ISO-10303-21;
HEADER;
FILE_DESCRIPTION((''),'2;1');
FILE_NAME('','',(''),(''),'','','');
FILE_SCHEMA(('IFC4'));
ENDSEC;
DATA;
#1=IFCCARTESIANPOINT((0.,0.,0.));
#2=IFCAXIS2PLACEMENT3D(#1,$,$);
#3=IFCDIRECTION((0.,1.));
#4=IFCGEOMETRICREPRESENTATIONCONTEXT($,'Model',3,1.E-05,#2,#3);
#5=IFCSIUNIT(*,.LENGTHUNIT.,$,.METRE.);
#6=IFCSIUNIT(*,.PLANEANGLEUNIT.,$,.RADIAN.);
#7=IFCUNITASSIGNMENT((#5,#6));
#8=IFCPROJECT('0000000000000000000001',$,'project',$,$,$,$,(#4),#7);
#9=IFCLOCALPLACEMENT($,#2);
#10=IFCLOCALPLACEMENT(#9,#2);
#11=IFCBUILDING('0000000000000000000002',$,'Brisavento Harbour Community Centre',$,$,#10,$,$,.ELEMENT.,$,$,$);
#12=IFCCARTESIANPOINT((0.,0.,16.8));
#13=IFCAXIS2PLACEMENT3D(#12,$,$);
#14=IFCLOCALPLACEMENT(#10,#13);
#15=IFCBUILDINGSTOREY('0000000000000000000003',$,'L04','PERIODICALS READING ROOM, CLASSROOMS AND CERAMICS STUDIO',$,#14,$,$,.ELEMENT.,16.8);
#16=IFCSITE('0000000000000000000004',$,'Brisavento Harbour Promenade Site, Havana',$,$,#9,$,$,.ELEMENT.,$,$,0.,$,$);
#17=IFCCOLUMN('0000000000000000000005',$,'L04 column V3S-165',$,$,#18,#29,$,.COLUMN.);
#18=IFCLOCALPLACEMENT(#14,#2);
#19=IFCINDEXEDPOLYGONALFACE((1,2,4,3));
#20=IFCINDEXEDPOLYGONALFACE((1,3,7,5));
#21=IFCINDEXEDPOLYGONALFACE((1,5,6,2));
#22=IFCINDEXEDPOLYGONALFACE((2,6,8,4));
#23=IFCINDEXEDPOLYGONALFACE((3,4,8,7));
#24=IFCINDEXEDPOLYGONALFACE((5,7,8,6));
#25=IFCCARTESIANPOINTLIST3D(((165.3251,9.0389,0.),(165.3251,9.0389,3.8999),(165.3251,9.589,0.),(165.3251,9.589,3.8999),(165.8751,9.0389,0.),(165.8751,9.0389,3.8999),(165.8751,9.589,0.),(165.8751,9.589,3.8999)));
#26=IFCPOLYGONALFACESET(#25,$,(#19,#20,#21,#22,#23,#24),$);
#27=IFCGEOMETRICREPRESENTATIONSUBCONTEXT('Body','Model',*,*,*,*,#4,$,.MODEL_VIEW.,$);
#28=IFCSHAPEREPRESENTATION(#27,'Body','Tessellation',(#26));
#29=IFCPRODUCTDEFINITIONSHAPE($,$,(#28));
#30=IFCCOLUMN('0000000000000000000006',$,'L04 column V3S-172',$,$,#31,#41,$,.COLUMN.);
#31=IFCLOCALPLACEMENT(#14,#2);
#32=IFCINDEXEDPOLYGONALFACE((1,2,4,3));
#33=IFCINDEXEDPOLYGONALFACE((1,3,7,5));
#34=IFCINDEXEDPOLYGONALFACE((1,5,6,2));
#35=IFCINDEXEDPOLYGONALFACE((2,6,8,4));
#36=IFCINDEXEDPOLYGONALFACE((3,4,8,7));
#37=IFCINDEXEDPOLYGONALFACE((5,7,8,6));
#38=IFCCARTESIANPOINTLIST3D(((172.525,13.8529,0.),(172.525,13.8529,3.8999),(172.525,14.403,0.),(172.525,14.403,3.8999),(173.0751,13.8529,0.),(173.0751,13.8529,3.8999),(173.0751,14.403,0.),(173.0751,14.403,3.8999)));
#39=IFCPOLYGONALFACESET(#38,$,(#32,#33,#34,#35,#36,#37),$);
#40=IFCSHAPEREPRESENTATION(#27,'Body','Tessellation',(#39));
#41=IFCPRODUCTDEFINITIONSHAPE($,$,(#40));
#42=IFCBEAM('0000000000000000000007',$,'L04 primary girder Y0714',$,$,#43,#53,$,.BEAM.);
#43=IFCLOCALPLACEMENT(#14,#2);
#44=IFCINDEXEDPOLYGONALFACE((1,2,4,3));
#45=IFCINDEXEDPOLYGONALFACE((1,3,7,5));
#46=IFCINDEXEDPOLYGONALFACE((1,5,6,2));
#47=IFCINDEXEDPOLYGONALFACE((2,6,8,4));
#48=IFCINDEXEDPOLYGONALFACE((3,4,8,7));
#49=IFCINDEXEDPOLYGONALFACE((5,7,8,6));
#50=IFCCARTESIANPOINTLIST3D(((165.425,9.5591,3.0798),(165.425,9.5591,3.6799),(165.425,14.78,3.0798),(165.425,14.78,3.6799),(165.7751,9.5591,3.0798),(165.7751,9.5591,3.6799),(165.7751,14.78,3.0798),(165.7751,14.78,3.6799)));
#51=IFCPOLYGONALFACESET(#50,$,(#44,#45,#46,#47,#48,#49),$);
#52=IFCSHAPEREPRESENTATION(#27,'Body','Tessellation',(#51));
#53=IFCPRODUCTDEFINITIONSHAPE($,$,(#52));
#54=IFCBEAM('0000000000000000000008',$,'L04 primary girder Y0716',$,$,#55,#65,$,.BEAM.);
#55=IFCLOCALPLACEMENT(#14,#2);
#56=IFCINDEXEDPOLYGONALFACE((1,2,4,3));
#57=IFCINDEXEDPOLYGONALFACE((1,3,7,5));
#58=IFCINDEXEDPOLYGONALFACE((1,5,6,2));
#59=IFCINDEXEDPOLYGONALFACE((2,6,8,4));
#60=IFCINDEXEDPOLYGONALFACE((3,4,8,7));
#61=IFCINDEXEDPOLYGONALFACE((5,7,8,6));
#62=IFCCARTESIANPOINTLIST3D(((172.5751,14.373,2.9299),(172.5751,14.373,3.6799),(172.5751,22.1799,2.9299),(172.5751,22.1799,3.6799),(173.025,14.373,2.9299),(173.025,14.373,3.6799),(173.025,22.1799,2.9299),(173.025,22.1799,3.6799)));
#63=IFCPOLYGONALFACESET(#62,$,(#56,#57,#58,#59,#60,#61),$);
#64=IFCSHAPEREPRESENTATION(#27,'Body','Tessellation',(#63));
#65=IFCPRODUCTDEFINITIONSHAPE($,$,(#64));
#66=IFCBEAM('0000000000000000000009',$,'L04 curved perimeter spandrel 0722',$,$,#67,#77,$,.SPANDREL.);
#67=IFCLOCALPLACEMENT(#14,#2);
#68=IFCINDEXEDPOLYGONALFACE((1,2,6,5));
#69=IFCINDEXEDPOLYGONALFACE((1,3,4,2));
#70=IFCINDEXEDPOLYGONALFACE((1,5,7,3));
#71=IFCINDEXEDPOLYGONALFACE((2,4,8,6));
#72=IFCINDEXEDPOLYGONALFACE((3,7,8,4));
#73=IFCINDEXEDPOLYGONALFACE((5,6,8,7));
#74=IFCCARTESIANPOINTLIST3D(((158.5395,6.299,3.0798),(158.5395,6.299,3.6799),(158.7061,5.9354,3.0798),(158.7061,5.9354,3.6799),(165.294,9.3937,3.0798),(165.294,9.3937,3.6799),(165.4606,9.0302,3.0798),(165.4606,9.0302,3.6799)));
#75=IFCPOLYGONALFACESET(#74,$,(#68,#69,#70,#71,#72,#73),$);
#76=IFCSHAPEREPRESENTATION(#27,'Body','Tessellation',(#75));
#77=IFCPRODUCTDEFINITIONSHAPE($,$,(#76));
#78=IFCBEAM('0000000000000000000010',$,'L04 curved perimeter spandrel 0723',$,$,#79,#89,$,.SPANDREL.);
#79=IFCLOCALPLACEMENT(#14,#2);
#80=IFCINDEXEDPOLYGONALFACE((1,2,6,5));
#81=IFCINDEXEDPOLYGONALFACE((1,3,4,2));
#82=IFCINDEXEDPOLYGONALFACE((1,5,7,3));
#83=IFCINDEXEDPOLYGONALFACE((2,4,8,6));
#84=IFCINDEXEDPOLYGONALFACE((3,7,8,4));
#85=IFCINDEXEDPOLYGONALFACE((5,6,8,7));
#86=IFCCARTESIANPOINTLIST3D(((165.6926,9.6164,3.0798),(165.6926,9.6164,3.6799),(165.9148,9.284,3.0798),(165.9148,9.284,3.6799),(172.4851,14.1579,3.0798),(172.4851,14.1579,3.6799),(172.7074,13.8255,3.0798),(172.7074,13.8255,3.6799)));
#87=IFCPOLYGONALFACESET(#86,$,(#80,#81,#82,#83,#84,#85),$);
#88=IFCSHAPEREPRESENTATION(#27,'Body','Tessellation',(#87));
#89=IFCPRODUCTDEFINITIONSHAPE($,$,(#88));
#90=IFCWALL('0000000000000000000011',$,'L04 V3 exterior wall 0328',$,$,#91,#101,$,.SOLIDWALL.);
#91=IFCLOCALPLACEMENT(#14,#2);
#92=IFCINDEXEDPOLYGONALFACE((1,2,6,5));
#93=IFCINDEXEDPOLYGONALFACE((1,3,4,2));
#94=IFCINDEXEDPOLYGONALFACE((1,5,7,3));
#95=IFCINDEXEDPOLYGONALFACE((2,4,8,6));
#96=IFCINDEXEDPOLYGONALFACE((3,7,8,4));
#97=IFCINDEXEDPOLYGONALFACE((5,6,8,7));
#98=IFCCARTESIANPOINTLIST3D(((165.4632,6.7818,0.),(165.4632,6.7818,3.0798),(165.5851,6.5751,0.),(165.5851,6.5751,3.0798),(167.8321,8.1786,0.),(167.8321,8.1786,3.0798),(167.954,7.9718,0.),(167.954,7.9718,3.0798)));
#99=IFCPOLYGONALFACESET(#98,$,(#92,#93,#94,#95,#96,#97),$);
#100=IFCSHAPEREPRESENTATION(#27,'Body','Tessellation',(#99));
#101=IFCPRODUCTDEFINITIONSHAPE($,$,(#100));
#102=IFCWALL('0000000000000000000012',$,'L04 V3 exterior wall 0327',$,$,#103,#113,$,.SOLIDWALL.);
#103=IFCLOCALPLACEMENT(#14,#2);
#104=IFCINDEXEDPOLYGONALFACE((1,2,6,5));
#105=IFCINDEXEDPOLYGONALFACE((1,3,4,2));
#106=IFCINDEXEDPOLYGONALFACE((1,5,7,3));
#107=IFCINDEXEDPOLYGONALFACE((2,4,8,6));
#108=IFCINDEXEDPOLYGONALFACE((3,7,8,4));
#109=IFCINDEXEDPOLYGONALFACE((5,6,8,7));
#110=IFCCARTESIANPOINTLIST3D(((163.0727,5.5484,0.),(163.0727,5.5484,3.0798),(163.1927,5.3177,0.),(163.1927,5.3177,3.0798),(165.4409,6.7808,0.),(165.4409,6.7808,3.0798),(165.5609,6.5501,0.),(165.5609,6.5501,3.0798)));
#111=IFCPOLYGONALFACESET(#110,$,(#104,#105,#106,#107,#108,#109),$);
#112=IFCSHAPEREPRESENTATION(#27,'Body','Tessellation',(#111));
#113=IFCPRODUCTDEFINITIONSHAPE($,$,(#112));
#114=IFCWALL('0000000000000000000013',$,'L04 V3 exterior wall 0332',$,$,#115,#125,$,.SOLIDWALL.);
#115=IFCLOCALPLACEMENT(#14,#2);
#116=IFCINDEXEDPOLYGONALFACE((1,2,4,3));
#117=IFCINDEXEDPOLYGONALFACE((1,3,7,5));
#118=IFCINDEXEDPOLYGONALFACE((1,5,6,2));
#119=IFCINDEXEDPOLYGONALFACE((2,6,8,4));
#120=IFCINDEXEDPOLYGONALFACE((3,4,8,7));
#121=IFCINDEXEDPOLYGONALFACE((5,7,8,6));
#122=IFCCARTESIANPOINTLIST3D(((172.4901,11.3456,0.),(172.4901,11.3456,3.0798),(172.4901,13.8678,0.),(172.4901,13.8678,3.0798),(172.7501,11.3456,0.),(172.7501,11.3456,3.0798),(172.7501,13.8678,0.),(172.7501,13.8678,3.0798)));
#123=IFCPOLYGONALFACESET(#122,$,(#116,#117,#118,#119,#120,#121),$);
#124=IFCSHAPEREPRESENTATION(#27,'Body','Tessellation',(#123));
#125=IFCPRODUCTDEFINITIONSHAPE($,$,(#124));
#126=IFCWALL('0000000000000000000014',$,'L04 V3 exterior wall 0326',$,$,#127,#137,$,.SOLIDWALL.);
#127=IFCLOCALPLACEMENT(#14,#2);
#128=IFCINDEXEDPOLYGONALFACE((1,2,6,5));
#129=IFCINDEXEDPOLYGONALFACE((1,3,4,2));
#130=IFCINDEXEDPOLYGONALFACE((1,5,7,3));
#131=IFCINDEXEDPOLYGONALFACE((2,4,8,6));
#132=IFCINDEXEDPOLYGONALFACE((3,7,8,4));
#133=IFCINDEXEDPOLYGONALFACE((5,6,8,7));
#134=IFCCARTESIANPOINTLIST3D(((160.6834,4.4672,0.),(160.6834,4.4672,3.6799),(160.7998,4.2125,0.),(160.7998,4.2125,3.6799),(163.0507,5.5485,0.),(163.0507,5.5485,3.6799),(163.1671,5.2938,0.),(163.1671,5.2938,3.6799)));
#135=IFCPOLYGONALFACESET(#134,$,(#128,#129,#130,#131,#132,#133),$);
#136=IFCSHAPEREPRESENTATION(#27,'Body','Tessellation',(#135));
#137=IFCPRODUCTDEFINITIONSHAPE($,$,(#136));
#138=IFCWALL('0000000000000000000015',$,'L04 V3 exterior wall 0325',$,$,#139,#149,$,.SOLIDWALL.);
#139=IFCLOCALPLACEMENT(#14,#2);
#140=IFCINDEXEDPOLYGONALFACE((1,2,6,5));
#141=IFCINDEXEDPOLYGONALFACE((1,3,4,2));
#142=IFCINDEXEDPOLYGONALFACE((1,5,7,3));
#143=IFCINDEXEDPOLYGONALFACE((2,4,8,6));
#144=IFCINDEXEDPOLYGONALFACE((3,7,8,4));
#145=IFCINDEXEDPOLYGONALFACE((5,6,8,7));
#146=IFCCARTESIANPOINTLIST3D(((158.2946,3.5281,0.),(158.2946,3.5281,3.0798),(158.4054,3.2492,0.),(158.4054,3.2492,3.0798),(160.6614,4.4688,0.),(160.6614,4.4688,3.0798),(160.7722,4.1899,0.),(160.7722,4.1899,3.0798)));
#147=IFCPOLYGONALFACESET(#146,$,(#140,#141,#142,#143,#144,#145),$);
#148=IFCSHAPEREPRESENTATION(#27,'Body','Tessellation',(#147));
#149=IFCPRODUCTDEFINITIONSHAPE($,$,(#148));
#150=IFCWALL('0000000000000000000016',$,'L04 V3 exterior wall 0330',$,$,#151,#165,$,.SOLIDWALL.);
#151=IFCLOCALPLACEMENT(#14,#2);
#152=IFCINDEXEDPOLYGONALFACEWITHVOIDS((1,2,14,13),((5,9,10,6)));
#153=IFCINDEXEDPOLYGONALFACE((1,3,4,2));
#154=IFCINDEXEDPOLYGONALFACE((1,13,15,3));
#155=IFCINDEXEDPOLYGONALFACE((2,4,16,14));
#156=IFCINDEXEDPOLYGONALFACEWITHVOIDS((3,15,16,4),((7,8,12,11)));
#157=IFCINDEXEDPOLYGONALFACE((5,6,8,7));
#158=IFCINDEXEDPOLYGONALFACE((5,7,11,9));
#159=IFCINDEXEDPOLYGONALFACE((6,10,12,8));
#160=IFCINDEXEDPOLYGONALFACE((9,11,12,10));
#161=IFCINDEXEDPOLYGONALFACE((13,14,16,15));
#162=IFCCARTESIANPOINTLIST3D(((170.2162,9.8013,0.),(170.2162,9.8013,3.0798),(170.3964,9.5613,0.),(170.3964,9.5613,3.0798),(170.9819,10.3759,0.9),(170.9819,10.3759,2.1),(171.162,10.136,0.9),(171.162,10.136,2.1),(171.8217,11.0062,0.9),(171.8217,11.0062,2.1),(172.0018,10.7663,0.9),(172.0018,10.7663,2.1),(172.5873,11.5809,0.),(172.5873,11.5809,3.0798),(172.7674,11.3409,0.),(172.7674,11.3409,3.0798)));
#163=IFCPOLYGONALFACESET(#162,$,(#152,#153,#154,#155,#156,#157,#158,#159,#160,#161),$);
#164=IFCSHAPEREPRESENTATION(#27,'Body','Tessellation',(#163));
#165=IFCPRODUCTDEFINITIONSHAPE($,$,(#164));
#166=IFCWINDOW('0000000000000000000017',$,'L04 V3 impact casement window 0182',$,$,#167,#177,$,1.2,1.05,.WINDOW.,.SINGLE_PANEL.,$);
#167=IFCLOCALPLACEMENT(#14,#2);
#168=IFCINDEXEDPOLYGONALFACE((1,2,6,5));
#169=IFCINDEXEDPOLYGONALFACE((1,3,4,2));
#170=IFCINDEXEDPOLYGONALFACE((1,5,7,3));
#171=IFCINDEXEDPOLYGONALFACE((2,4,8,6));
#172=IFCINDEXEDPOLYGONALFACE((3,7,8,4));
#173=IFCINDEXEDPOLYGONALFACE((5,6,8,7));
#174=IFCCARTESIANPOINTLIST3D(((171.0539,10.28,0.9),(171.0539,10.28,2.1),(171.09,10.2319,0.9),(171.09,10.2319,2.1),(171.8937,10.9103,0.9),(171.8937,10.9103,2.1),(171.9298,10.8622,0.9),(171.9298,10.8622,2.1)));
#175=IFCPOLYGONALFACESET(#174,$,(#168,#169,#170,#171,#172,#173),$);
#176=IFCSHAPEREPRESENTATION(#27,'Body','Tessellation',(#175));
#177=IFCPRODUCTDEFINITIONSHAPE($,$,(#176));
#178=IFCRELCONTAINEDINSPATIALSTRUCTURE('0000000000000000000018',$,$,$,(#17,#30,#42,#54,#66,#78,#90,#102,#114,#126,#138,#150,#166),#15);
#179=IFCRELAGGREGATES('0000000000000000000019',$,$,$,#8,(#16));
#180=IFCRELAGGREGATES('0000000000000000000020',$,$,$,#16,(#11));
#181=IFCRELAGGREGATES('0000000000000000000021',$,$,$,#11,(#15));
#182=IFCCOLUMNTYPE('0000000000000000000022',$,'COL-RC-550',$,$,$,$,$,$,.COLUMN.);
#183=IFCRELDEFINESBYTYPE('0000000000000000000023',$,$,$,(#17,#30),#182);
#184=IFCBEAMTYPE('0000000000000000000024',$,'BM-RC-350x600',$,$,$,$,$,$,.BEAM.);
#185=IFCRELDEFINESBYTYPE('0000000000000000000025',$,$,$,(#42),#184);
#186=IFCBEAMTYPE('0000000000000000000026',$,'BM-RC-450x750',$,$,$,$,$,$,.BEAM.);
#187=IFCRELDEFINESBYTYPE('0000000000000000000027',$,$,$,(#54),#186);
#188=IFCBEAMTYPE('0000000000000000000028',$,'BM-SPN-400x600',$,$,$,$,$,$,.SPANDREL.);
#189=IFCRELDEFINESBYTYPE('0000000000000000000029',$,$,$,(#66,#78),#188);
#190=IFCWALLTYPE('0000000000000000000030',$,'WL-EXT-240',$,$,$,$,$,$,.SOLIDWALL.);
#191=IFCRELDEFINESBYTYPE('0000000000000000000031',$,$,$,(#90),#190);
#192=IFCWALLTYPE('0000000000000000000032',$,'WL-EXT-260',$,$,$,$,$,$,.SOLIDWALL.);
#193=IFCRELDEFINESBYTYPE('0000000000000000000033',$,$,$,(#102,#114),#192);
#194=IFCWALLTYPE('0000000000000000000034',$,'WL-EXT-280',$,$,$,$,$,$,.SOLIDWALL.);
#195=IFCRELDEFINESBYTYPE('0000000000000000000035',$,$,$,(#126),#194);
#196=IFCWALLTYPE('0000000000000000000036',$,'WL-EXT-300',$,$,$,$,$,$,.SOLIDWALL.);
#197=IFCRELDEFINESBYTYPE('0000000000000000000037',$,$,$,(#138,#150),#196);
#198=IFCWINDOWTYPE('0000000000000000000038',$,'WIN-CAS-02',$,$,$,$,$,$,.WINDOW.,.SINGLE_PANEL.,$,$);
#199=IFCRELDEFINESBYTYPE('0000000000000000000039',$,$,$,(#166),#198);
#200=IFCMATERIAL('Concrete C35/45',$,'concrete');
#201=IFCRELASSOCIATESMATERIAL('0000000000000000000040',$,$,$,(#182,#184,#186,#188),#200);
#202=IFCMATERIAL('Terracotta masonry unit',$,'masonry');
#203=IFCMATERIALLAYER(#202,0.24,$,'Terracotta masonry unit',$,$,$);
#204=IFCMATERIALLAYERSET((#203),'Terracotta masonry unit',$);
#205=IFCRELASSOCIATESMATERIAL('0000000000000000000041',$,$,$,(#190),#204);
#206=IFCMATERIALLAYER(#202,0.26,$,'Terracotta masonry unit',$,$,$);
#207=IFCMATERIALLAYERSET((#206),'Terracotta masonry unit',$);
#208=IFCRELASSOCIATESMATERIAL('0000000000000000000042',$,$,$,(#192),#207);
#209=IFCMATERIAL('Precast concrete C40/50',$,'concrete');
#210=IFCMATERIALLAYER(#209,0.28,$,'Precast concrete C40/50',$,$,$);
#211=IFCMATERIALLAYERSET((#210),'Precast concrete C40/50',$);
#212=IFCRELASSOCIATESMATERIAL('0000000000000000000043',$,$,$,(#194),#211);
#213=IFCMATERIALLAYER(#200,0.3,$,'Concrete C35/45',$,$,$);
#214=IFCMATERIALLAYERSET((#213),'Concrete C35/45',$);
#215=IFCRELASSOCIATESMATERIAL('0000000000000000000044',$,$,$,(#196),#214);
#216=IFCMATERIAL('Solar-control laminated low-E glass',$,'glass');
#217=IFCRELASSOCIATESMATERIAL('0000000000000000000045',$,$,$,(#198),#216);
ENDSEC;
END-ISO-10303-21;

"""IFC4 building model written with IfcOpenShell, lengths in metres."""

from ifc_helpers import new_model, si_unit, direction, frame, frame_2d, origin, origin_2d, place, context, subcontext, project, spatial, rectangle, extrude, material, layer, layer_set, material_profile, profile_set, type_object, element, fill, save


model = new_model("IFC4")

# Units and contexts
model_context = context("Model", 3, precision=1e-05, world=origin(), true_north=direction((0.0, 1.0)))
body_context = subcontext(model_context, "Body", "Model", "MODEL_VIEW")
ifc_project = project(units=[si_unit("LENGTHUNIT", "METRE"), si_unit("PLANEANGLEUNIT", "RADIAN")], contexts=[model_context])

# Site, building, storey
site_placement = place(None, origin())
site = spatial("IfcSite", under=ifc_project, at=site_placement, Name="Brisavento Harbour Promenade Site, Havana", CompositionType="ELEMENT", RefElevation=0.0)
building_placement = place(site_placement, origin())
building = spatial("IfcBuilding", under=site, at=building_placement, Name="Brisavento Harbour Community Centre", CompositionType="ELEMENT")
storey_placement = place(building_placement, frame((0.0, 0.0, 16.8)))
storey = spatial("IfcBuildingStorey", under=building, at=storey_placement, Name="L04", Description="PERIODICALS READING ROOM, CLASSROOMS AND CERAMICS STUDIO", CompositionType="ELEMENT", Elevation=16.8)

# Columns
ifc_material_1 = material(Name="Concrete C35/45", Category="concrete")
ifc_material_profile_1 = material_profile(ifc_material_1, rectangle(XDim=0.55, YDim=0.55, at=origin_2d()), Name="Concrete C35/45")
ifc_profile_set_1 = profile_set([ifc_material_profile_1], Name="Concrete C35/45")
column_type = type_object("IfcColumnType", Name="COL-RC-550", PredefinedType="COLUMN", material=ifc_profile_set_1)
for number, where, z_axis, x_axis, name in (
    (1, (165.6001, 9.314, 0.0), (0.0, 0.0, 1.0), (1.0, 0.0, 0.0), "L04 column V3S-165"),
    (2, (172.8, 14.1279, 0.0), (0.0, 0.0, 1.0), (1.0, 0.0, 0.0), "L04 column V3S-172"),
):
    element("IfcColumn", number, at=place(storey_placement, frame(where, z_axis=z_axis, x_axis=x_axis)), inside=storey, type_object=column_type, Name=name, PredefinedType="COLUMN", context=body_context, shape_type="SweptSolid", body=[
        extrude(rectangle(XDim=0.55, YDim=0.55, at=origin_2d()), origin(), (0.0, 0.0, 1.0), 3.8999),
    ])

# Beams
ifc_material_profile_2 = material_profile(ifc_material_1, rectangle(XDim=0.3501, YDim=0.6001, at=origin_2d()), Name="Concrete C35/45")
ifc_profile_set_2 = profile_set([ifc_material_profile_2], Name="Concrete C35/45")
beam_type_1 = type_object("IfcBeamType", Name="BM-RC-350x600", PredefinedType="BEAM", material=ifc_profile_set_2)
beam_1_placement = place(storey_placement, frame((165.6001, 9.5591, 3.3799), z_axis=(0.0, 1.0, 0.0), x_axis=(-1.0, 0.0, 0.0)))
element("IfcBeam", 3, at=beam_1_placement, inside=storey, type_object=beam_type_1, Name="L04 primary girder Y0714", PredefinedType="BEAM", context=body_context, shape_type="SweptSolid", body=[
    extrude(rectangle(XDim=0.3501, YDim=0.6001, at=origin_2d()), origin(), (0.0, 0.0, 1.0), 5.2209),
])
ifc_material_profile_3 = material_profile(ifc_material_1, rectangle(XDim=0.45, YDim=0.75, at=origin_2d()), Name="Concrete C35/45")
ifc_profile_set_3 = profile_set([ifc_material_profile_3], Name="Concrete C35/45")
beam_type_2 = type_object("IfcBeamType", Name="BM-RC-450x750", PredefinedType="BEAM", material=ifc_profile_set_3)
beam_2_placement = place(storey_placement, frame((172.8, 14.373, 3.3049), z_axis=(0.0, 1.0, 0.0), x_axis=(-1.0, 0.0, 0.0)))
element("IfcBeam", 4, at=beam_2_placement, inside=storey, type_object=beam_type_2, Name="L04 primary girder Y0716", PredefinedType="BEAM", context=body_context, shape_type="SweptSolid", body=[
    extrude(rectangle(XDim=0.45, YDim=0.75, at=origin_2d()), origin(), (0.0, 0.0, 1.0), 7.8069),
])
ifc_material_profile_4 = material_profile(ifc_material_1, rectangle(XDim=0.3999, YDim=0.6001, at=origin_2d()), Name="Concrete C35/45")
ifc_profile_set_4 = profile_set([ifc_material_profile_4], Name="Concrete C35/45")
beam_type_3 = type_object("IfcBeamType", Name="BM-SPN-400x600", PredefinedType="SPANDREL", material=ifc_profile_set_4)
beam_3_placement = place(storey_placement, frame((158.6228, 6.1172, 3.3799), z_axis=(0.909118, 0.416539, 0.0), x_axis=(-0.416539, 0.909118, 0.0)))
element("IfcBeam", 5, at=beam_3_placement, inside=storey, type_object=beam_type_3, Name="L04 curved perimeter spandrel 0722", PredefinedType="SPANDREL", context=body_context, shape_type="SweptSolid", body=[
    extrude(rectangle(XDim=0.3999, YDim=0.6001, at=origin_2d()), origin(), (0.0, 0.0, 1.0), 7.4297),
])
beam_4_placement = place(storey_placement, frame((165.8037, 9.4502, 3.3799), z_axis=(0.831305, 0.555817, 0.0), x_axis=(-0.555817, 0.831305, 0.0)))
element("IfcBeam", 6, at=beam_4_placement, inside=storey, type_object=beam_type_3, Name="L04 curved perimeter spandrel 0723", PredefinedType="SPANDREL", context=body_context, shape_type="SweptSolid", body=[
    extrude(rectangle(XDim=0.3999, YDim=0.6001, at=origin_2d()), origin(), (0.0, 0.0, 1.0), 8.1709),
])

# Walls
ifc_material_2 = material(Name="Terracotta masonry unit", Category="masonry")
ifc_layer_1 = layer(ifc_material_2, 0.24, Name="Terracotta masonry unit")
ifc_layer_set_1 = layer_set([ifc_layer_1], Name="Terracotta masonry unit")
wall_type_1 = type_object("IfcWallType", Name="WL-EXT-240", PredefinedType="SOLIDWALL", material=ifc_layer_set_1)
wall_1_placement = place(storey_placement, frame((167.8931, 8.0752, 0.0), z_axis=(0.0, 0.0, 1.0), x_axis=(-0.861416, -0.507901, 0.0)))
element("IfcWall", 7, at=wall_1_placement, inside=storey, type_object=wall_type_1, Name="L04 V3 exterior wall 0328", PredefinedType="SOLIDWALL", context=body_context, shape_type="SweptSolid", body=[
    extrude(rectangle(XDim=2.75, YDim=0.24, at=frame_2d((1.375, 0.0))), origin(), (0.0, 0.0, 1.0), 3.0798),
])
ifc_layer_2 = layer(ifc_material_2, 0.26, Name="Terracotta masonry unit")
ifc_layer_set_2 = layer_set([ifc_layer_2], Name="Terracotta masonry unit")
wall_type_2 = type_object("IfcWallType", Name="WL-EXT-260", PredefinedType="SOLIDWALL", material=ifc_layer_set_2)
wall_2_placement = place(storey_placement, frame((165.501, 6.6655, 0.0), z_axis=(0.0, 0.0, 1.0), x_axis=(-0.887067, -0.461641, 0.0)))
element("IfcWall", 8, at=wall_2_placement, inside=storey, type_object=wall_type_2, Name="L04 V3 exterior wall 0327", PredefinedType="SOLIDWALL", context=body_context, shape_type="SweptSolid", body=[
    extrude(rectangle(XDim=2.6697, YDim=0.26, at=frame_2d((1.335, 0.0))), origin(), (0.0, 0.0, 1.0), 3.0798),
])
wall_3_placement = place(storey_placement, frame((172.6201, 13.8679, 0.0), z_axis=(0.0, 0.0, 1.0), x_axis=(0.0, -1.0, 0.0)))
element("IfcWall", 9, at=wall_3_placement, inside=storey, type_object=wall_type_2, Name="L04 V3 exterior wall 0332", PredefinedType="SOLIDWALL", context=body_context, shape_type="SweptSolid", body=[
    extrude(rectangle(XDim=2.5222, YDim=0.26, at=frame_2d((1.2612, 0.0))), origin(), (0.0, 0.0, 1.0), 3.0798),
])
ifc_material_3 = material(Name="Precast concrete C40/50", Category="concrete")
ifc_layer_3 = layer(ifc_material_3, 0.28, Name="Precast concrete C40/50")
ifc_layer_set_3 = layer_set([ifc_layer_3], Name="Precast concrete C40/50")
wall_type_3 = type_object("IfcWallType", Name="WL-EXT-280", PredefinedType="SOLIDWALL", material=ifc_layer_set_3)
wall_4_placement = place(storey_placement, frame((163.1089, 5.4211, 0.0), z_axis=(0.0, 0.0, 1.0), x_axis=(-0.909597, -0.415491, 0.0)))
element("IfcWall", 10, at=wall_4_placement, inside=storey, type_object=wall_type_3, Name="L04 V3 exterior wall 0326", PredefinedType="SOLIDWALL", context=body_context, shape_type="SweptSolid", body=[
    extrude(rectangle(XDim=2.6025, YDim=0.28, at=frame_2d((1.3013, 0.0))), origin(), (0.0, 0.0, 1.0), 3.6799),
])
ifc_layer_4 = layer(ifc_material_1, 0.3, Name="Concrete C35/45")
ifc_layer_set_4 = layer_set([ifc_layer_4], Name="Concrete C35/45")
wall_type_4 = type_object("IfcWallType", Name="WL-EXT-300", PredefinedType="SOLIDWALL", material=ifc_layer_set_4)
wall_5_placement = place(storey_placement, frame((160.7168, 4.3293, 0.0), z_axis=(0.0, 0.0, 1.0), x_axis=(-0.929288, -0.369357, 0.0)))
element("IfcWall", 11, at=wall_5_placement, inside=storey, type_object=wall_type_4, Name="L04 V3 exterior wall 0325", PredefinedType="SOLIDWALL", context=body_context, shape_type="SweptSolid", body=[
    extrude(rectangle(XDim=2.5469, YDim=0.3, at=frame_2d((1.2734, 0.0))), origin(), (0.0, 0.0, 1.0), 3.0798),
])

# Wall, opening, window
wall_6_placement = place(storey_placement, frame((172.6775, 11.4609, 0.0), z_axis=(0.0, 0.0, 1.0), x_axis=(-0.799802, -0.600263, 0.0)))
wall_6 = element("IfcWall", 12, at=wall_6_placement, inside=storey, type_object=wall_type_4, Name="L04 V3 exterior wall 0330", PredefinedType="SOLIDWALL", context=body_context, shape_type="SweptSolid", body=[
    extrude(rectangle(XDim=2.9646, YDim=0.3, at=frame_2d((1.4824, 0.0))), origin(), (0.0, 0.0, 1.0), 3.0798),
])
opening_1_placement = place(wall_6_placement, frame((0.9575, 0.0, 0.8999)))
opening_1 = element("IfcOpeningElement", 13, at=opening_1_placement, cuts=wall_6, PredefinedType="OPENING", context=body_context, shape_type="SweptSolid", body=[
    extrude(rectangle(XDim=1.05, YDim=1.2, at=frame_2d((0.5249, 0.6001))), frame((0.0, 0.1602, 0.0), z_axis=(0.0, -1.0, 0.0), x_axis=(1.0, 0.0, 0.0)), (0.0, 0.0, 1.0), 0.3201),
])
ifc_material_4 = material(Name="Solar-control laminated low-E glass", Category="glass")
window_type_1 = type_object("IfcWindowType", Name="WIN-CAS-02", PartitioningType="SINGLE_PANEL", PredefinedType="WINDOW", material=ifc_material_4)
window_1_placement = place(opening_1_placement, origin())
window_1 = element("IfcWindow", 14, at=window_1_placement, inside=storey, type_object=window_type_1, Name="L04 V3 impact casement window 0182", OverallHeight=1.2, OverallWidth=1.05, PartitioningType="SINGLE_PANEL", PredefinedType="WINDOW", context=body_context, shape_type="SweptSolid", body=[
    extrude(rectangle(XDim=1.05, YDim=1.2, at=frame_2d((0.5249, 0.6001))), frame((0.0, 0.03, 0.0), z_axis=(0.0, -1.0, 0.0), x_axis=(1.0, 0.0, 0.0)), (0.0, 0.0, 1.0), 0.0601),
])
fill(opening_1, window_1)

save(model, "model.ifc")
